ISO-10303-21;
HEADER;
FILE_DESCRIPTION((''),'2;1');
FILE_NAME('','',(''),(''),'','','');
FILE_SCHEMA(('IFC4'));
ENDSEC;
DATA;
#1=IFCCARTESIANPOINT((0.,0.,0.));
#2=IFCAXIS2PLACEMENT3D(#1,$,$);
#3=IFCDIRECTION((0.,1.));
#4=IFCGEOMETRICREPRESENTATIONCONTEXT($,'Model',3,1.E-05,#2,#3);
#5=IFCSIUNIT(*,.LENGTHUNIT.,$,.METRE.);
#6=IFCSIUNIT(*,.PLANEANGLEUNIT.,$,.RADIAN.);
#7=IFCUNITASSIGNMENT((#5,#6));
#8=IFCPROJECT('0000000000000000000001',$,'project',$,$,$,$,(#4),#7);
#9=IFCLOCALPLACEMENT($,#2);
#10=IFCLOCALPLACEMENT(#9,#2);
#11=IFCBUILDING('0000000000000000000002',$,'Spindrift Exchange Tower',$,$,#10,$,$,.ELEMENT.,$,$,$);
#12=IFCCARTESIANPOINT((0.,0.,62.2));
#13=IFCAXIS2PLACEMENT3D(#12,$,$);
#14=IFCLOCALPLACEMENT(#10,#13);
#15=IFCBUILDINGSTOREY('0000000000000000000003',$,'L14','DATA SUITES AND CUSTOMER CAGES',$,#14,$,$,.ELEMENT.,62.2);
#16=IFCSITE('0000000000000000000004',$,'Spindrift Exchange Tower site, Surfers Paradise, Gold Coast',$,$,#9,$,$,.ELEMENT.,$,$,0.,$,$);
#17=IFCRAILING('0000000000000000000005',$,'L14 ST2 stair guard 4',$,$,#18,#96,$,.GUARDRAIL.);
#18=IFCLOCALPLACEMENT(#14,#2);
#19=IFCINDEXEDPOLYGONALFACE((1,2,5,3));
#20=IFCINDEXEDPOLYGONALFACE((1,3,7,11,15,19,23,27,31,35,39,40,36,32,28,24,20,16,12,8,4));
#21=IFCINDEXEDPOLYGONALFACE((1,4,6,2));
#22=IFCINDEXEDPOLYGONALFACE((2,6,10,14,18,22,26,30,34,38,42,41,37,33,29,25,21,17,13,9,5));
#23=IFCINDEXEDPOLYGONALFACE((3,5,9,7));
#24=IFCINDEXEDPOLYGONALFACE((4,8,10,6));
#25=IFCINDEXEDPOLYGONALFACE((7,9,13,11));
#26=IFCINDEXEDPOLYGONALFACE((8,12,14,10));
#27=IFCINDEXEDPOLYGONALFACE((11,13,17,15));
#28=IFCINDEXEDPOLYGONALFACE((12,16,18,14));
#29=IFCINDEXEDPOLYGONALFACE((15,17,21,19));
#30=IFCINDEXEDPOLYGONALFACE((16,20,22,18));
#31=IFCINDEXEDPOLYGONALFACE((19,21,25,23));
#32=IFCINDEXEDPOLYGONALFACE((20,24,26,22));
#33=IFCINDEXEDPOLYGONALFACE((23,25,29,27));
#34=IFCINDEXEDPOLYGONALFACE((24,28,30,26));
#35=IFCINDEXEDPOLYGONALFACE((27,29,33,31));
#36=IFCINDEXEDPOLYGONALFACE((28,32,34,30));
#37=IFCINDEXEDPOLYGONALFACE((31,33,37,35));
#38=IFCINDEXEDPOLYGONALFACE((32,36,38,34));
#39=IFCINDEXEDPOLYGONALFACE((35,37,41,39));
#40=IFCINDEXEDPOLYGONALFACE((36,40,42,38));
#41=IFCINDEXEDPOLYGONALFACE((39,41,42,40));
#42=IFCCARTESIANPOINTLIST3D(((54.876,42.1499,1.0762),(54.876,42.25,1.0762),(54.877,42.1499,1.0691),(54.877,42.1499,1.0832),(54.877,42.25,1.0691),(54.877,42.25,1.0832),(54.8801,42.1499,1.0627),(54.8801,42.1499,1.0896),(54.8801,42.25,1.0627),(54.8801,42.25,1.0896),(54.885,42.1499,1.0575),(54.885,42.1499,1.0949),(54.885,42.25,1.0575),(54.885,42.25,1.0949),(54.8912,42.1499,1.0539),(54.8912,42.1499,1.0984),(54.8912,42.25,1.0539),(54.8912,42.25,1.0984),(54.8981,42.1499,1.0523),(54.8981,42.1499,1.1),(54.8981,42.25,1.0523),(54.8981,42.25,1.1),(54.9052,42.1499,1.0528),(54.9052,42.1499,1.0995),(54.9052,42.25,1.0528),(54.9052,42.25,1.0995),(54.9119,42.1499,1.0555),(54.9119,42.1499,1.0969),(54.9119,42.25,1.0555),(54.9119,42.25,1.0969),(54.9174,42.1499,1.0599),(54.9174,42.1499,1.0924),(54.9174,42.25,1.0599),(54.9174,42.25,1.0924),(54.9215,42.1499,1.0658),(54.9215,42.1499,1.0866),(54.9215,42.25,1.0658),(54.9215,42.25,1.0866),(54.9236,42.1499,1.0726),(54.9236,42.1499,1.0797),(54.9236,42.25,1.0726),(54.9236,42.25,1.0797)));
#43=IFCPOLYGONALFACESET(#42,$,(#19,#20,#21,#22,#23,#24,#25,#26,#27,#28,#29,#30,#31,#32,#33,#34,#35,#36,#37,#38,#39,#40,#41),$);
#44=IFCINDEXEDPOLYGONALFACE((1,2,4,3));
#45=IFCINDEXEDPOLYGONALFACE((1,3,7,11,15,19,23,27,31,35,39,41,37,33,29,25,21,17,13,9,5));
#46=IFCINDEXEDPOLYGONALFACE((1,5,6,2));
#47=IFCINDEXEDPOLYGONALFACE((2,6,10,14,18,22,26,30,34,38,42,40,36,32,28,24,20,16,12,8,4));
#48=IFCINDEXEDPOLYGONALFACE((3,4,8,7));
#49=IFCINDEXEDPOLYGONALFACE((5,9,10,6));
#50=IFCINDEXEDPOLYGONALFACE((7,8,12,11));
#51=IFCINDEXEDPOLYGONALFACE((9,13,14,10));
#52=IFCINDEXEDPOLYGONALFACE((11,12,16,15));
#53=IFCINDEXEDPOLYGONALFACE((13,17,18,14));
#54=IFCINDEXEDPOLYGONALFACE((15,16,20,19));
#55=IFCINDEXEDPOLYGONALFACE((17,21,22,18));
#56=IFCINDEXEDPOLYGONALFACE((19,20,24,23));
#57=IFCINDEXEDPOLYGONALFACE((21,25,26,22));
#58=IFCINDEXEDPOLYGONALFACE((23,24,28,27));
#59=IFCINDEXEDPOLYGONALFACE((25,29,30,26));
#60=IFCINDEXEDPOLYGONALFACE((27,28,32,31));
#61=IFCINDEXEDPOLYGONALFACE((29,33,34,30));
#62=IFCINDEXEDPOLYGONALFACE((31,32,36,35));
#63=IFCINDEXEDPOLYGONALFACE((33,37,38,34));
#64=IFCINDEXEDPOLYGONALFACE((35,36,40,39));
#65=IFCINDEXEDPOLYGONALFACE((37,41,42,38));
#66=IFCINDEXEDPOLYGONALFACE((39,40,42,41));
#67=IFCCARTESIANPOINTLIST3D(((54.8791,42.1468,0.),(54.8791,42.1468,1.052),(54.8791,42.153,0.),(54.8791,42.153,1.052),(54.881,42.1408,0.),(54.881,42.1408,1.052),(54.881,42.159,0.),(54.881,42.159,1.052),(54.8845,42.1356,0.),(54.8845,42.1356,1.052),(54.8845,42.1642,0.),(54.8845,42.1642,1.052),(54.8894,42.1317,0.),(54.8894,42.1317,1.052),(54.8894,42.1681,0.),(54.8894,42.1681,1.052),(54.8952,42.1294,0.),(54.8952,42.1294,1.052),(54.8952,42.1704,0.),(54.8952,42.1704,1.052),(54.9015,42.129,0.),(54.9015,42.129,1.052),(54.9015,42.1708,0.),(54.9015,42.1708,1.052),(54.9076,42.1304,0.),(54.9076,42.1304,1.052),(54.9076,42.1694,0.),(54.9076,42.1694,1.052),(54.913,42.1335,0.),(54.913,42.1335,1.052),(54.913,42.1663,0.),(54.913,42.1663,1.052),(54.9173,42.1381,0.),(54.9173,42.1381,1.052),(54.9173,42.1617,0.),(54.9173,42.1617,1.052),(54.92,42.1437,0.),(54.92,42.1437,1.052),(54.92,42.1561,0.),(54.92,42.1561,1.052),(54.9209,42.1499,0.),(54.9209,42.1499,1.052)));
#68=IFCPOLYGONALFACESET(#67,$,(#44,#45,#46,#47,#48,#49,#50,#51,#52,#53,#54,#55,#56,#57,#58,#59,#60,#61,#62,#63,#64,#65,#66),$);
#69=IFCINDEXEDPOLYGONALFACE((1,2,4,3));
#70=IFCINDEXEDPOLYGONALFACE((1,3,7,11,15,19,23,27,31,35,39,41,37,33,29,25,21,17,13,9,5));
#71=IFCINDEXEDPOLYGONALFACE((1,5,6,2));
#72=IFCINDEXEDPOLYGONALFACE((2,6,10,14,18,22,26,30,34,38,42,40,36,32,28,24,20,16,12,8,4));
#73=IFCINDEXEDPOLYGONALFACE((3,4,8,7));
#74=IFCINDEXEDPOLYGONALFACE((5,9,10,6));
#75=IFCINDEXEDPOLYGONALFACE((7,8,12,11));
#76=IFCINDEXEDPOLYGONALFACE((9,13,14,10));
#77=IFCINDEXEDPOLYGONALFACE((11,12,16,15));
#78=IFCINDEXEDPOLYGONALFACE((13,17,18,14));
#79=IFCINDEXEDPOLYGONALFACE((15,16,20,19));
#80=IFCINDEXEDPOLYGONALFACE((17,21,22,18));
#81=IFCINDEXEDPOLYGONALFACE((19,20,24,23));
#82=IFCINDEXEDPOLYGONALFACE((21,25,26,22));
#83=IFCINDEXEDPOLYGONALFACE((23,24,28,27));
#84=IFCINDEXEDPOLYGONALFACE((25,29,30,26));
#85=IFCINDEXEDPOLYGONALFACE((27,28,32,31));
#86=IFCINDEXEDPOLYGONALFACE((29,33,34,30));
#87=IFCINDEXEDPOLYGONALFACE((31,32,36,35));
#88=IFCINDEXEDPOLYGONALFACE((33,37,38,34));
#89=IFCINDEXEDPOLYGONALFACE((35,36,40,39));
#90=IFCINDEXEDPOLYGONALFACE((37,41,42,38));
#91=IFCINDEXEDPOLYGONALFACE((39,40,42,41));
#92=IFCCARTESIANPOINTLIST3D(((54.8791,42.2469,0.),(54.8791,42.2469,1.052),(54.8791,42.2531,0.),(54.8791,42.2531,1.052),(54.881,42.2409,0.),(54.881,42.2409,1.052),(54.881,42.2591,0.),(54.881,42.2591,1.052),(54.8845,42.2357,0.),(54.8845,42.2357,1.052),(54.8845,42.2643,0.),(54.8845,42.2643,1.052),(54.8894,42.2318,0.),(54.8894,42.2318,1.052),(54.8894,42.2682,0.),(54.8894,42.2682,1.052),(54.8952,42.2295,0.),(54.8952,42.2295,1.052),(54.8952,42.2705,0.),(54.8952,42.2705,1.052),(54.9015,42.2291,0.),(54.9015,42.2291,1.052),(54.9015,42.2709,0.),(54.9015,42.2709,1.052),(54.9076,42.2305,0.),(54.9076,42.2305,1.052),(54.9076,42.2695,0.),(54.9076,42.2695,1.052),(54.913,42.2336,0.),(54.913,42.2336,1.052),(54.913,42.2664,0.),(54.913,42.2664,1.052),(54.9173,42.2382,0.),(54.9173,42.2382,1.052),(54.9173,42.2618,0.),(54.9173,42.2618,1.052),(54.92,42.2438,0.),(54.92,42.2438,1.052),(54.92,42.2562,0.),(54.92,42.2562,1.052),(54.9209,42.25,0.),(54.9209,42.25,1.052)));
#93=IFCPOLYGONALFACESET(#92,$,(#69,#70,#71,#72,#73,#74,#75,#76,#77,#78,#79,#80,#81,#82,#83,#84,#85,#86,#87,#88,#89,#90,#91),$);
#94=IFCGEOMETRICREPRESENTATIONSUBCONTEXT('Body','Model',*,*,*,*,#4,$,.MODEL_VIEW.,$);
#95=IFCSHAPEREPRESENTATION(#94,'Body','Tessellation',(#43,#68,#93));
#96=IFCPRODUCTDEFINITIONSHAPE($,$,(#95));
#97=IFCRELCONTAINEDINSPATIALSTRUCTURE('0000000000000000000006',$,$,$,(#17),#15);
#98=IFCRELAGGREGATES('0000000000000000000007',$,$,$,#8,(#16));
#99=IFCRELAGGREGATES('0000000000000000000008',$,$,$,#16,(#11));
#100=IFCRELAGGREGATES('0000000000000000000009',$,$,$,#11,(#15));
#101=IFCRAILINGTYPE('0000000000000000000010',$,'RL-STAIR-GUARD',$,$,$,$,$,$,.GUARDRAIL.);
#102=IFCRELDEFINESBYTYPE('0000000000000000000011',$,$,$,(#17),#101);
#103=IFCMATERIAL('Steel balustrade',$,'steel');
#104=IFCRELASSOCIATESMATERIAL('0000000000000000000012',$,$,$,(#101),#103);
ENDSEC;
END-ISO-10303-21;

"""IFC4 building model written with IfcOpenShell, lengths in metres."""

from ifc_helpers import new_model, si_unit, direction, frame, origin, origin_2d, place, context, subcontext, project, spatial, circle, extrude, material, type_object, element, save


model = new_model("IFC4")

# Units and contexts
model_context = context("Model", 3, precision=1e-05, world=origin(), true_north=direction((0.0, 1.0)))
body_context = subcontext(model_context, "Body", "Model", "MODEL_VIEW")
ifc_project = project(units=[si_unit("LENGTHUNIT", "METRE"), si_unit("PLANEANGLEUNIT", "RADIAN")], contexts=[model_context])

# Site, building, storey
site_placement = place(None, origin())
site = spatial("IfcSite", under=ifc_project, at=site_placement, Name="Spindrift Exchange Tower site, Surfers Paradise, Gold Coast", CompositionType="ELEMENT", RefElevation=0.0)
building_placement = place(site_placement, origin())
building = spatial("IfcBuilding", under=site, at=building_placement, Name="Spindrift Exchange Tower", CompositionType="ELEMENT")
storey_placement = place(building_placement, frame((0.0, 0.0, 62.2)))
storey = spatial("IfcBuildingStorey", under=building, at=storey_placement, Name="L14", Description="DATA SUITES AND CUSTOMER CAGES", CompositionType="ELEMENT", Elevation=62.2)

# Railing
ifc_material_1 = material(Name="Steel balustrade", Category="steel")
railing_type_1 = type_object("IfcRailingType", Name="RL-STAIR-GUARD", PredefinedType="GUARDRAIL", material=ifc_material_1)
railing_1_placement = place(storey_placement, frame((54.8999, 42.1499, 0.0)))
element("IfcRailing", 1, at=railing_1_placement, inside=storey, type_object=railing_type_1, Name="L14 ST2 stair guard 4", PredefinedType="GUARDRAIL", context=body_context, shape_type="SweptSolid", body=[
    extrude(circle(Radius=0.0239, at=origin_2d()), frame((0.0, 0.0, 1.0762), z_axis=(0.0, 1.0, 0.0), x_axis=(-1.0, 0.0, 0.0)), (0.0, 0.0, 1.0), 0.1001),
    extrude(circle(Radius=0.021, at=origin_2d()), origin(), (0.0, 0.0, 1.0), 1.052),
    extrude(circle(Radius=0.021, at=origin_2d()), frame((0.0, 0.1001, 0.0)), (0.0, 0.0, 1.0), 1.052),
])

save(model, "model.ifc")
